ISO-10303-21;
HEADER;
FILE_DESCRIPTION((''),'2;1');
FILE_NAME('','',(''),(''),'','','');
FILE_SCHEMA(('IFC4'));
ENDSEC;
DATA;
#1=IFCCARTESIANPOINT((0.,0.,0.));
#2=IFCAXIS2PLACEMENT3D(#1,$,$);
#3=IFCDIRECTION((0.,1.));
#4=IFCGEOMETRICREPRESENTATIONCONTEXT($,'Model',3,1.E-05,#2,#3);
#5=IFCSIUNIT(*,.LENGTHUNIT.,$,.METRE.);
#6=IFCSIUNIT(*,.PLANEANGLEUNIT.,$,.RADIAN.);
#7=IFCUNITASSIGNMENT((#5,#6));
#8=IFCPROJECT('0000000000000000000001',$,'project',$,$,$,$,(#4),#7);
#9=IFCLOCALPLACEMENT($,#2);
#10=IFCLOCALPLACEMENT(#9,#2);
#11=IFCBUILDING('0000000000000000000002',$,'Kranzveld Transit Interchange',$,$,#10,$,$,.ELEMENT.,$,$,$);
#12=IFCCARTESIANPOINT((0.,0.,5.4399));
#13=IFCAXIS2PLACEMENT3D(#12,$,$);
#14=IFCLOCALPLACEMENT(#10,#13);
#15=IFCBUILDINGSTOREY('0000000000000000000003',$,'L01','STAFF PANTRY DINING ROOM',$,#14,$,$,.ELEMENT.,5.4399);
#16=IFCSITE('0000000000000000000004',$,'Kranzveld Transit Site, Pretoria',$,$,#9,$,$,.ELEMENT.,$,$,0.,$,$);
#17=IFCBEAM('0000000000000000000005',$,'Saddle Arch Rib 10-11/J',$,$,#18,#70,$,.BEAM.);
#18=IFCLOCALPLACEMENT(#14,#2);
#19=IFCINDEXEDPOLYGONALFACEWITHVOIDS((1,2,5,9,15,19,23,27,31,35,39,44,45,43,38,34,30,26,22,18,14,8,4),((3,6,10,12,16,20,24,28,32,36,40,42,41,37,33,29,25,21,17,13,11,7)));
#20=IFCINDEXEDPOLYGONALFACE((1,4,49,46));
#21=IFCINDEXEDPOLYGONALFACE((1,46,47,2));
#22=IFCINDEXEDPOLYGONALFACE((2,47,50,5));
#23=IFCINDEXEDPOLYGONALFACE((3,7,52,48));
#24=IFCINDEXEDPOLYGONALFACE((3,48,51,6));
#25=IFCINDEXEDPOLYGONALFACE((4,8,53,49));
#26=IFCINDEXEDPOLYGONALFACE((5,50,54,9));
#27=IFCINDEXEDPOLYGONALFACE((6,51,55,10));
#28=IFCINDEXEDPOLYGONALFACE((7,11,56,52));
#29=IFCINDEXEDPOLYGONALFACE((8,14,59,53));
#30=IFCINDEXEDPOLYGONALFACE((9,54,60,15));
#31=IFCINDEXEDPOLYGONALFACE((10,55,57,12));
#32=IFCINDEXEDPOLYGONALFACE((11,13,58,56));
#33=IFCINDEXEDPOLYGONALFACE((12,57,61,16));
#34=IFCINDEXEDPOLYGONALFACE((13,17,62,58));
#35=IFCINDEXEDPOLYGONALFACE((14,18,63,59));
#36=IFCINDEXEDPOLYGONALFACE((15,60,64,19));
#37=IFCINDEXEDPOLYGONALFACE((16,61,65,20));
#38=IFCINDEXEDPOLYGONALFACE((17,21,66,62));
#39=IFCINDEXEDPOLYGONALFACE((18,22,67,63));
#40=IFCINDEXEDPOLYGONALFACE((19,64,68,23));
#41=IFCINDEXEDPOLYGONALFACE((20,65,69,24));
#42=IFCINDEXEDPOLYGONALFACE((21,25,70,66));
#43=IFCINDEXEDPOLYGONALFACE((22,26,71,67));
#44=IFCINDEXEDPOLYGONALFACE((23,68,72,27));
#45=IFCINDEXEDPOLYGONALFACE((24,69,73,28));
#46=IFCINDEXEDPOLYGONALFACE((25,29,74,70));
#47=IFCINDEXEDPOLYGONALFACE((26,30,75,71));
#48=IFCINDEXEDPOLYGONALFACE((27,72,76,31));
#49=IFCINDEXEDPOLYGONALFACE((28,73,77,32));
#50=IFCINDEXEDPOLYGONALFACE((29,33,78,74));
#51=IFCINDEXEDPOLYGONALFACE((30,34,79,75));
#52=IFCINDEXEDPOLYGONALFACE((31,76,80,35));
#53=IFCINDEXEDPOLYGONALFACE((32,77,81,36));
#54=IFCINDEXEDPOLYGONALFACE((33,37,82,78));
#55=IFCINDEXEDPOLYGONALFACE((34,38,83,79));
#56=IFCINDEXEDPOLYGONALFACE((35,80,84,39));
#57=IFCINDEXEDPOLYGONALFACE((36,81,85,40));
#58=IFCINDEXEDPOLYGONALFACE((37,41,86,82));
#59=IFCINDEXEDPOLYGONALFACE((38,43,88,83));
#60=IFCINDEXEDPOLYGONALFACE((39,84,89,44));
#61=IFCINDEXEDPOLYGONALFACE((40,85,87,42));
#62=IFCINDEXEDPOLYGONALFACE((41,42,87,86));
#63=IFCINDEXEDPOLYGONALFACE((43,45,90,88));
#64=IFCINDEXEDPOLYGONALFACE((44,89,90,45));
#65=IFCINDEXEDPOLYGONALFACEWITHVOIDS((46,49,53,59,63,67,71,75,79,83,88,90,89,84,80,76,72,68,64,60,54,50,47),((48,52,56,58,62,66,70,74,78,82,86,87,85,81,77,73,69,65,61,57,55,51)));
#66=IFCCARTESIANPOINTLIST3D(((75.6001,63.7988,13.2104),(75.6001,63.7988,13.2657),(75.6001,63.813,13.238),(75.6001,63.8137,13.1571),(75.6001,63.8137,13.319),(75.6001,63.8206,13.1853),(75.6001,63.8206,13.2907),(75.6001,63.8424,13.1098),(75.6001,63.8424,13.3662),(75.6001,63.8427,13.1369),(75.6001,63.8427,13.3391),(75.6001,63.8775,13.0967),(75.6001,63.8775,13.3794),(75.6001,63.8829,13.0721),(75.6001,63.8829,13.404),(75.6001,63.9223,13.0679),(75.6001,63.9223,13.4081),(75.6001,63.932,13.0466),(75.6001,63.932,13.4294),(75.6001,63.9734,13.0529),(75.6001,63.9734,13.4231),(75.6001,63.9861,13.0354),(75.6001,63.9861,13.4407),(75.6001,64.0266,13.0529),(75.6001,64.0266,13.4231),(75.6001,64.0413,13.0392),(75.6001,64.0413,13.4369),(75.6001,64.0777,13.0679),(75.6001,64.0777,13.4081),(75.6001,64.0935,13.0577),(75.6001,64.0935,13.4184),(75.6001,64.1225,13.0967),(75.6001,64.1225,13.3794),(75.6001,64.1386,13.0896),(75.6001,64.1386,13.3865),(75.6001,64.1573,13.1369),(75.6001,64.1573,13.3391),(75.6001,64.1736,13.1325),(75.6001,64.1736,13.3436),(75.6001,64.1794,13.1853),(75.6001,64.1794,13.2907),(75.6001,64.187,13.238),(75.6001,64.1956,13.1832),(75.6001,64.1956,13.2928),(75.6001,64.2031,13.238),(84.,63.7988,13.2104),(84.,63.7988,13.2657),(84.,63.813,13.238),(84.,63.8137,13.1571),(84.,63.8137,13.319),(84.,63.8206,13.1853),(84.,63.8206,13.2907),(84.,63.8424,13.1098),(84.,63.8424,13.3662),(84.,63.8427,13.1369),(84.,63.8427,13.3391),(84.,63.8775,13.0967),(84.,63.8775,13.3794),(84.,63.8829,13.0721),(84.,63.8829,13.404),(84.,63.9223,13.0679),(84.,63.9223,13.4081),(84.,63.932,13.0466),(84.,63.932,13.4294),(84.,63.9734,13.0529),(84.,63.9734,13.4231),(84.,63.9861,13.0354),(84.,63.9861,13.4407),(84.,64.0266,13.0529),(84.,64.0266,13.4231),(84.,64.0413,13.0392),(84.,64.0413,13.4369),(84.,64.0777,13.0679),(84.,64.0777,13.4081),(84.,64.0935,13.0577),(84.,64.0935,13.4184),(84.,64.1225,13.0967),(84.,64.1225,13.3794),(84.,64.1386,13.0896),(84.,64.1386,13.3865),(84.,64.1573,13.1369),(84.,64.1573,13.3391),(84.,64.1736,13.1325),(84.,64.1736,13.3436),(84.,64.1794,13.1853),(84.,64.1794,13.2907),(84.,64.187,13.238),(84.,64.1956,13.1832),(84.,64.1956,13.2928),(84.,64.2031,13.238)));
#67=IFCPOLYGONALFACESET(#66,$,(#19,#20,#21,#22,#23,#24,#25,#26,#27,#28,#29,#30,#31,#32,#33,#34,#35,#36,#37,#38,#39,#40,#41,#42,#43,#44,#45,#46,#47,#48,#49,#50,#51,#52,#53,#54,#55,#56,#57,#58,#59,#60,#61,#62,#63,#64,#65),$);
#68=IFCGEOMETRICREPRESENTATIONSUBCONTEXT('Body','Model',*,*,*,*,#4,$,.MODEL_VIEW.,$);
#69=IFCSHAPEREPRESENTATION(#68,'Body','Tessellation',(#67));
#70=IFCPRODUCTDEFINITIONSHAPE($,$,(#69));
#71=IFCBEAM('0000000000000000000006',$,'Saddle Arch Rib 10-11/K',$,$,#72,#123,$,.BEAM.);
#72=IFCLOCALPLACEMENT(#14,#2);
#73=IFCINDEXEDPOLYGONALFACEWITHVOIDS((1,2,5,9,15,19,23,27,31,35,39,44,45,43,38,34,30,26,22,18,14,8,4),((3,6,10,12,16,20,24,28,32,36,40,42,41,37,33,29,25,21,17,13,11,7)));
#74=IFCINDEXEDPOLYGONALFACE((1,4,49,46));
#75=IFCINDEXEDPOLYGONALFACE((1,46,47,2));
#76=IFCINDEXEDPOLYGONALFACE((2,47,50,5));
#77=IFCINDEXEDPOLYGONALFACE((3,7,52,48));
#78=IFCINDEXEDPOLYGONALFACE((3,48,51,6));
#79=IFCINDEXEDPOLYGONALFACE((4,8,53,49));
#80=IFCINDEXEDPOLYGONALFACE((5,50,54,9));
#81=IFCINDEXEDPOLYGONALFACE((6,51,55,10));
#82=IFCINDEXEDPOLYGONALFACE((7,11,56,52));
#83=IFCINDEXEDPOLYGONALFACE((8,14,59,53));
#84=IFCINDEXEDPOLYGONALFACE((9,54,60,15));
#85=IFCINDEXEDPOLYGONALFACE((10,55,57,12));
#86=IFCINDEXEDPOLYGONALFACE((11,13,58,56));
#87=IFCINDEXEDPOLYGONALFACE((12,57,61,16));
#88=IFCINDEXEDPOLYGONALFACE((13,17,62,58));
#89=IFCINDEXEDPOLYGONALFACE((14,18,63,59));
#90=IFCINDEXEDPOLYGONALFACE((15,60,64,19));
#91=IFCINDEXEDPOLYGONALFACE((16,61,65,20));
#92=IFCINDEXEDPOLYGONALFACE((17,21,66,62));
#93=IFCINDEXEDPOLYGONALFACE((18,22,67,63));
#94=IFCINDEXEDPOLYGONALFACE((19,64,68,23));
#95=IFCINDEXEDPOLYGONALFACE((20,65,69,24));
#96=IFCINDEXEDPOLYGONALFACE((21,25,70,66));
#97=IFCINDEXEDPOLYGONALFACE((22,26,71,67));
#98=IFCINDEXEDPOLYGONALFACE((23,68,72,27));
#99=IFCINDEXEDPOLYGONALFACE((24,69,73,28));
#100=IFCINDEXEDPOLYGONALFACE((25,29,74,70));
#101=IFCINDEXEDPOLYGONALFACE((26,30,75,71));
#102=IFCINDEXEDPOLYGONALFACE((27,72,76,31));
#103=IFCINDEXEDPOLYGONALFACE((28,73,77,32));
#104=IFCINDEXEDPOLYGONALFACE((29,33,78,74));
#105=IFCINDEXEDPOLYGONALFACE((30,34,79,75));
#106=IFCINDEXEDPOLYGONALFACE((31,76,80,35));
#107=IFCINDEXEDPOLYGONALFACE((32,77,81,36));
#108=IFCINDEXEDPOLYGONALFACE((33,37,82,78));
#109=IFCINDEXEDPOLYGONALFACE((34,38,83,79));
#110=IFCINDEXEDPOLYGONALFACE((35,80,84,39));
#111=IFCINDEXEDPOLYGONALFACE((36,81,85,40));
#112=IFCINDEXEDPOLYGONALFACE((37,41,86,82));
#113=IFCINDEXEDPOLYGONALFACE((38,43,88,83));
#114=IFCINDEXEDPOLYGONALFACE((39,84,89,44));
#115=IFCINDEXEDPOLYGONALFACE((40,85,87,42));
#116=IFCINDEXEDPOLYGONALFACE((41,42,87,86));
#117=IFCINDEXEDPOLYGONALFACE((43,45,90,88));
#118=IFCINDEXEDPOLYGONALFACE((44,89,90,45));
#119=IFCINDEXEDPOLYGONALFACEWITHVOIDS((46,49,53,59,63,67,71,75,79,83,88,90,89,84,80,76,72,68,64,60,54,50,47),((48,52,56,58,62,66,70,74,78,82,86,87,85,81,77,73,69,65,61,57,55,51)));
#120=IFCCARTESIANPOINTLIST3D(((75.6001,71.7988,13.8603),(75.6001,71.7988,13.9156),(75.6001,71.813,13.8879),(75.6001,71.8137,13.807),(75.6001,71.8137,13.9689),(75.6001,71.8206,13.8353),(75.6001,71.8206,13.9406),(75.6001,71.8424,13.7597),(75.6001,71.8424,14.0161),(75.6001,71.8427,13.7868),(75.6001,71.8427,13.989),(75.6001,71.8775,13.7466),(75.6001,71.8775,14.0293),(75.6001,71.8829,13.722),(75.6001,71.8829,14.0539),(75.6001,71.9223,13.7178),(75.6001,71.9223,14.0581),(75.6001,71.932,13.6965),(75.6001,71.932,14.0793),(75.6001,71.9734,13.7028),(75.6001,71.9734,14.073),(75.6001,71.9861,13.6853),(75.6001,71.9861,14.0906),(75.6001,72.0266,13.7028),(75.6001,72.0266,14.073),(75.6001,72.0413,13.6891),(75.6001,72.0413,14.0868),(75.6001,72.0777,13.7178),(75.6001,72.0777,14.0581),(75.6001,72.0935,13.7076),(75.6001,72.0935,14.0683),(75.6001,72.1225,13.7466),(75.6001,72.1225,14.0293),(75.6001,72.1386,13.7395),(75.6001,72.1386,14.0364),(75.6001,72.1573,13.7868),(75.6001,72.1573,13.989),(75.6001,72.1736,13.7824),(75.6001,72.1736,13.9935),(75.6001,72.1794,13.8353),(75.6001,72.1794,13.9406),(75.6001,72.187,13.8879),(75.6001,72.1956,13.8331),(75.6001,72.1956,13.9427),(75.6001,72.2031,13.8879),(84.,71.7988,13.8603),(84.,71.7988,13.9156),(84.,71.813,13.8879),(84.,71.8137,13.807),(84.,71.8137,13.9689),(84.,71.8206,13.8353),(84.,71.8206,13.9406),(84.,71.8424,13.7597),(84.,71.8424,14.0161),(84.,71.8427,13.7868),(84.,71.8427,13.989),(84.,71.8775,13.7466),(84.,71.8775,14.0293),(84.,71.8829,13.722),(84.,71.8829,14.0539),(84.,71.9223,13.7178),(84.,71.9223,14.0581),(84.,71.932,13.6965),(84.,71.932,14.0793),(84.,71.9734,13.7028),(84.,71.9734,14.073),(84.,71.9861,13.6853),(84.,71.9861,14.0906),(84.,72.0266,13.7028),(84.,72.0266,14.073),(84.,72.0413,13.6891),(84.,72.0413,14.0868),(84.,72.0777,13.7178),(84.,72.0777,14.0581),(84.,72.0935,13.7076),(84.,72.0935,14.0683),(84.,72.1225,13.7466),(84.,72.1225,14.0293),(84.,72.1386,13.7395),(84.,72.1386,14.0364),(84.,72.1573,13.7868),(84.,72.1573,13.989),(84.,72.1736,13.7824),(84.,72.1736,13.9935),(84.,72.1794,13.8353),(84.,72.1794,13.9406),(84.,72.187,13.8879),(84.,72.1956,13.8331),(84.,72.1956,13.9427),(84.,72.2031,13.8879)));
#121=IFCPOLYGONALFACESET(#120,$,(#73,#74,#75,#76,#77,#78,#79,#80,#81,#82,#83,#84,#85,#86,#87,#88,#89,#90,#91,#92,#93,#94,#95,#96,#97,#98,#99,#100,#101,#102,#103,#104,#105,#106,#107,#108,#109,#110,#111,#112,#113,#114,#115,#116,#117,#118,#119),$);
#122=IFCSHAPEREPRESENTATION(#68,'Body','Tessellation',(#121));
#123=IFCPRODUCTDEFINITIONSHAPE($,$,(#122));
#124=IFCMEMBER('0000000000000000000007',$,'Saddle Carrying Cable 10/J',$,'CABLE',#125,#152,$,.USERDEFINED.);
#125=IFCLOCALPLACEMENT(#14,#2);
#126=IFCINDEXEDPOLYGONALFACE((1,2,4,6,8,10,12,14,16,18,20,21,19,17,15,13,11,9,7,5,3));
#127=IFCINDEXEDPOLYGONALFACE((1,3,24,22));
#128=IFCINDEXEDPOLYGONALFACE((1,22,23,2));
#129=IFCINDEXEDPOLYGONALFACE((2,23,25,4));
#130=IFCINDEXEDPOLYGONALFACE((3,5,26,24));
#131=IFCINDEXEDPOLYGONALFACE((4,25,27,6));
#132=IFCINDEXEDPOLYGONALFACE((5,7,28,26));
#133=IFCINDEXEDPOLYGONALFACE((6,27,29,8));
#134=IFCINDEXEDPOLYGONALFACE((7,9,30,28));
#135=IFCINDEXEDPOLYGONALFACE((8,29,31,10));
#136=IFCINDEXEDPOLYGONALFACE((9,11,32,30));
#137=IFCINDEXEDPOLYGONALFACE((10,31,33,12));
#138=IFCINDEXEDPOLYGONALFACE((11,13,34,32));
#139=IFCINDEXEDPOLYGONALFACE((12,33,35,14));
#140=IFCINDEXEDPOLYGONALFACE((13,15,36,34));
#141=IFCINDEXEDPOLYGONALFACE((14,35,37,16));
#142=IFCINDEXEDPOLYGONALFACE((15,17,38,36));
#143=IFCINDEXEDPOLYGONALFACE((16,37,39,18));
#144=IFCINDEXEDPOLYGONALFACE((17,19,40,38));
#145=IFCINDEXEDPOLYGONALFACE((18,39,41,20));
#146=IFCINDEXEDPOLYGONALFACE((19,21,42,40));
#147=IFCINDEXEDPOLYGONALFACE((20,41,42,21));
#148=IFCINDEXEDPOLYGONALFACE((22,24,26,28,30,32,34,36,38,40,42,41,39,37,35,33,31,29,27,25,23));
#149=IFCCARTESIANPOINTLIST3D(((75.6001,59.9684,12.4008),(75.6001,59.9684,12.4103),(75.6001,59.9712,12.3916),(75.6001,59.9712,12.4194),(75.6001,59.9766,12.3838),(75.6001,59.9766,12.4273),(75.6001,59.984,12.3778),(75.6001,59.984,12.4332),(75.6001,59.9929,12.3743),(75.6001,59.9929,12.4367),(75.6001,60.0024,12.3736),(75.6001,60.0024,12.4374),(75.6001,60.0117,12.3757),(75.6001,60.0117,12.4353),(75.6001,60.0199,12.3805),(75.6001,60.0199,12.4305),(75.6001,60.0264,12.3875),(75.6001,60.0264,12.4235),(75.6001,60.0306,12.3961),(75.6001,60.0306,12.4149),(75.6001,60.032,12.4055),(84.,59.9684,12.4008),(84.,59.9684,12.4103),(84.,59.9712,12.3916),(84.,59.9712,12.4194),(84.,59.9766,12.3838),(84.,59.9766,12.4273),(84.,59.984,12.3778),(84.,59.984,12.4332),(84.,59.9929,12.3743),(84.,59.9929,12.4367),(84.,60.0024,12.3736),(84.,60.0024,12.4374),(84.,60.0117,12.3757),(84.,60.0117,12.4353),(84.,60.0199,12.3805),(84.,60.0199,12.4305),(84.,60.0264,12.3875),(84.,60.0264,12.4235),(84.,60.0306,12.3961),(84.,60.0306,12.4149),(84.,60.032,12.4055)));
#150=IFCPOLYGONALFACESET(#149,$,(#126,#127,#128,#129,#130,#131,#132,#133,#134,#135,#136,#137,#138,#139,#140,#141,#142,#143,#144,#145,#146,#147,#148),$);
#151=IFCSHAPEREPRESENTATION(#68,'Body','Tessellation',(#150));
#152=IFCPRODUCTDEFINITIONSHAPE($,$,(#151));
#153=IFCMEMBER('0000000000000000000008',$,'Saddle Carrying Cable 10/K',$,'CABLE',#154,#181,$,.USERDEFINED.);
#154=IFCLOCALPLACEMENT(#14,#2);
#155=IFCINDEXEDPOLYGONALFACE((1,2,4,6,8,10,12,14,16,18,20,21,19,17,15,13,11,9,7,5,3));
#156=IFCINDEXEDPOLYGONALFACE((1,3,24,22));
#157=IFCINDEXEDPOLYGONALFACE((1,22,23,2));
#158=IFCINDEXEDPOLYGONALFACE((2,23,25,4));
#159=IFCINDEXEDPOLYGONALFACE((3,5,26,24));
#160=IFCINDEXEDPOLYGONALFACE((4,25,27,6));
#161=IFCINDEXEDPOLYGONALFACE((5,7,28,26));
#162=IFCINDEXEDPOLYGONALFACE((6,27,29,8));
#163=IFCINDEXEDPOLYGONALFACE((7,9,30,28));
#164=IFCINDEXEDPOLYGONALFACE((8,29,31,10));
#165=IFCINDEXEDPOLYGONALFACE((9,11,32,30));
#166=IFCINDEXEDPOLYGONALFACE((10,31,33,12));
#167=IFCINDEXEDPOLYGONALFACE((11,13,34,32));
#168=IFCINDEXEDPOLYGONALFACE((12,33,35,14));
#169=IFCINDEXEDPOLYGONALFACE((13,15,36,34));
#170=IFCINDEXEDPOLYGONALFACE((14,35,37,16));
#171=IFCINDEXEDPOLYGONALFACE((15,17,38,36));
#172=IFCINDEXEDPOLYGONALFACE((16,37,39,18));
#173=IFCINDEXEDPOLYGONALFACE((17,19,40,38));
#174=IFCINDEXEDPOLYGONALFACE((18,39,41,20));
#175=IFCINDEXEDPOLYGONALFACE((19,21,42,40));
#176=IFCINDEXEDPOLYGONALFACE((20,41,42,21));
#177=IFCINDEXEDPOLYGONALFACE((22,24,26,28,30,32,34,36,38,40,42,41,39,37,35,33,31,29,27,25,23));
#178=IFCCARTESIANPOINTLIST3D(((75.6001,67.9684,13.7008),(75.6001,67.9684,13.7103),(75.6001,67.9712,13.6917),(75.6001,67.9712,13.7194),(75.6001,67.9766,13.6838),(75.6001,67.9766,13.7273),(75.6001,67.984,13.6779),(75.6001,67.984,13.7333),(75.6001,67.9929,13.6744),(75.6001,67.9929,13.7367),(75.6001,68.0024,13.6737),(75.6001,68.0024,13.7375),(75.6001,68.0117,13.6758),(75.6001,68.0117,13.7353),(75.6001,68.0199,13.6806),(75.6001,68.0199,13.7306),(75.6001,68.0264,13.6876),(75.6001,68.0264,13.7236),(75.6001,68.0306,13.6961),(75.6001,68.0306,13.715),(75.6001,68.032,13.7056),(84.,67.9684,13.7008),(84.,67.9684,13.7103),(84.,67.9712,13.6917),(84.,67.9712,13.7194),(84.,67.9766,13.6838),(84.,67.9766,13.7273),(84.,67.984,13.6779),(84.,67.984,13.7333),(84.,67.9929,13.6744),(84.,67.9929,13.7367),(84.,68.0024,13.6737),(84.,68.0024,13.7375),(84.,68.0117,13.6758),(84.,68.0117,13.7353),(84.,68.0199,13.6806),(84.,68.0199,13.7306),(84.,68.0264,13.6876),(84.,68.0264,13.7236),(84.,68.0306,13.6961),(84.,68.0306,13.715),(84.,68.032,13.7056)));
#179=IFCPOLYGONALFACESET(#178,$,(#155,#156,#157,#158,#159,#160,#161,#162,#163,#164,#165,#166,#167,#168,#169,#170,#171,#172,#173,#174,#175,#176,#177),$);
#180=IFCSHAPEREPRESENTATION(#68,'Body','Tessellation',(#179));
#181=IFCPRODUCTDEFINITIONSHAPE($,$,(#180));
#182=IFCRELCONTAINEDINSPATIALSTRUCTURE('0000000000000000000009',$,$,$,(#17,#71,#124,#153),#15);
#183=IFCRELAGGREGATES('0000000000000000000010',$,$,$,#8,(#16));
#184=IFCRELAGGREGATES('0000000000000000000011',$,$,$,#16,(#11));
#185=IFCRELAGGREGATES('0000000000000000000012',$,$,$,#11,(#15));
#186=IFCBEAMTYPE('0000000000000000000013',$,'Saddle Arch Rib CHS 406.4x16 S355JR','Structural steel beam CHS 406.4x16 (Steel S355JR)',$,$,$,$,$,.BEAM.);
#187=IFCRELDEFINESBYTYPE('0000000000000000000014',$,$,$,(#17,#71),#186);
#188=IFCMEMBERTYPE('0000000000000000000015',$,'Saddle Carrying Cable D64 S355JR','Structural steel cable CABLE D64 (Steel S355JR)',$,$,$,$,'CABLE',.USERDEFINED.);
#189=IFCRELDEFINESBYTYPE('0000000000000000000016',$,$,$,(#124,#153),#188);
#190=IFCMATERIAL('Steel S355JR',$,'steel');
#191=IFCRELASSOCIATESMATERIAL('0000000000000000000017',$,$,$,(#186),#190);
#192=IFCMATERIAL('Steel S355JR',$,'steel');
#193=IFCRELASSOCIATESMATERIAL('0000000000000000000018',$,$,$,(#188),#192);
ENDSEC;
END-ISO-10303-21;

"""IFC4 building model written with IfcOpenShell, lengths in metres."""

from ifc_helpers import new_model, si_unit, direction, frame, origin, origin_2d, place, context, subcontext, project, spatial, circle, hollow_circle, extrude, material, material_profile, profile_set, type_object, element, save


model = new_model("IFC4")

# Units and contexts
model_context = context("Model", 3, precision=1e-05, world=origin(), true_north=direction((0.0, 1.0)))
body_context = subcontext(model_context, "Body", "Model", "MODEL_VIEW")
ifc_project = project(units=[si_unit("LENGTHUNIT", "METRE"), si_unit("PLANEANGLEUNIT", "RADIAN")], contexts=[model_context])

# Site, building, storey
site_placement = place(None, origin())
site = spatial("IfcSite", under=ifc_project, at=site_placement, Name="Kranzveld Transit Site, Pretoria", CompositionType="ELEMENT", RefElevation=0.0)
building_placement = place(site_placement, origin())
building = spatial("IfcBuilding", under=site, at=building_placement, Name="Kranzveld Transit Interchange", CompositionType="ELEMENT")
storey_placement = place(building_placement, frame((0.0, 0.0, 5.4399)))
storey = spatial("IfcBuildingStorey", under=building, at=storey_placement, Name="L01", Description="STAFF PANTRY DINING ROOM", CompositionType="ELEMENT", Elevation=5.4399)

# Beams
ifc_material_1 = material(Name="Steel S355JR", Category="steel")
ifc_material_profile_1 = material_profile(ifc_material_1, hollow_circle(Radius=0.2031, WallThickness=0.0161, at=origin_2d()), Name="CHS 406.4x16")
ifc_profile_set_1 = profile_set([ifc_material_profile_1], Name="Steel S355JR")
beam_type = type_object("IfcBeamType", Name="Saddle Arch Rib CHS 406.4x16 S355JR", Description="Structural steel beam CHS 406.4x16 (Steel S355JR)", PredefinedType="BEAM", material=ifc_profile_set_1)
for number, where, z_axis, x_axis, name in (
    (1, (75.6001, 64.0, 13.238), (1.0, 0.0, 0.0), (0.0, 1.0, 0.0), "Saddle Arch Rib 10-11/J"),
    (2, (75.6001, 72.0, 13.8879), (1.0, 0.0, 0.0), (0.0, 1.0, 0.0), "Saddle Arch Rib 10-11/K"),
):
    element("IfcBeam", number, at=place(storey_placement, frame(where, z_axis=z_axis, x_axis=x_axis)), inside=storey, type_object=beam_type, Name=name, PredefinedType="BEAM", context=body_context, shape_type="SweptSolid", body=[
        extrude(hollow_circle(Radius=0.2031, WallThickness=0.0161, at=origin_2d()), origin(), (0.0, 0.0, 1.0), 8.3999),
    ])

# Members
ifc_material_2 = material(Name="Steel S355JR", Category="steel")
ifc_material_profile_2 = material_profile(ifc_material_2, circle(Radius=0.032, at=origin_2d()), Name="CABLE D64")
ifc_profile_set_2 = profile_set([ifc_material_profile_2], Name="Steel S355JR")
member_type_1 = type_object("IfcMemberType", Name="Saddle Carrying Cable D64 S355JR", Description="Structural steel cable CABLE D64 (Steel S355JR)", ElementType="CABLE", PredefinedType="USERDEFINED", material=ifc_profile_set_2)
for number, where, z_axis, x_axis, name in (
    (3, (75.6001, 60.0, 12.4055), (1.0, 0.0, 0.0), (0.0, 1.0, 0.0), "Saddle Carrying Cable 10/J"),
    (4, (75.6001, 68.0, 13.7056), (1.0, 0.0, 0.0), (0.0, 1.0, 0.0), "Saddle Carrying Cable 10/K"),
):
    element("IfcMember", number, at=place(storey_placement, frame(where, z_axis=z_axis, x_axis=x_axis)), inside=storey, type_object=member_type_1, Name=name, ObjectType="CABLE", PredefinedType="USERDEFINED", context=body_context, shape_type="SweptSolid", body=[
        extrude(circle(Radius=0.032, at=origin_2d()), origin(), (0.0, 0.0, 1.0), 8.3999),
    ])

save(model, "model.ifc")
